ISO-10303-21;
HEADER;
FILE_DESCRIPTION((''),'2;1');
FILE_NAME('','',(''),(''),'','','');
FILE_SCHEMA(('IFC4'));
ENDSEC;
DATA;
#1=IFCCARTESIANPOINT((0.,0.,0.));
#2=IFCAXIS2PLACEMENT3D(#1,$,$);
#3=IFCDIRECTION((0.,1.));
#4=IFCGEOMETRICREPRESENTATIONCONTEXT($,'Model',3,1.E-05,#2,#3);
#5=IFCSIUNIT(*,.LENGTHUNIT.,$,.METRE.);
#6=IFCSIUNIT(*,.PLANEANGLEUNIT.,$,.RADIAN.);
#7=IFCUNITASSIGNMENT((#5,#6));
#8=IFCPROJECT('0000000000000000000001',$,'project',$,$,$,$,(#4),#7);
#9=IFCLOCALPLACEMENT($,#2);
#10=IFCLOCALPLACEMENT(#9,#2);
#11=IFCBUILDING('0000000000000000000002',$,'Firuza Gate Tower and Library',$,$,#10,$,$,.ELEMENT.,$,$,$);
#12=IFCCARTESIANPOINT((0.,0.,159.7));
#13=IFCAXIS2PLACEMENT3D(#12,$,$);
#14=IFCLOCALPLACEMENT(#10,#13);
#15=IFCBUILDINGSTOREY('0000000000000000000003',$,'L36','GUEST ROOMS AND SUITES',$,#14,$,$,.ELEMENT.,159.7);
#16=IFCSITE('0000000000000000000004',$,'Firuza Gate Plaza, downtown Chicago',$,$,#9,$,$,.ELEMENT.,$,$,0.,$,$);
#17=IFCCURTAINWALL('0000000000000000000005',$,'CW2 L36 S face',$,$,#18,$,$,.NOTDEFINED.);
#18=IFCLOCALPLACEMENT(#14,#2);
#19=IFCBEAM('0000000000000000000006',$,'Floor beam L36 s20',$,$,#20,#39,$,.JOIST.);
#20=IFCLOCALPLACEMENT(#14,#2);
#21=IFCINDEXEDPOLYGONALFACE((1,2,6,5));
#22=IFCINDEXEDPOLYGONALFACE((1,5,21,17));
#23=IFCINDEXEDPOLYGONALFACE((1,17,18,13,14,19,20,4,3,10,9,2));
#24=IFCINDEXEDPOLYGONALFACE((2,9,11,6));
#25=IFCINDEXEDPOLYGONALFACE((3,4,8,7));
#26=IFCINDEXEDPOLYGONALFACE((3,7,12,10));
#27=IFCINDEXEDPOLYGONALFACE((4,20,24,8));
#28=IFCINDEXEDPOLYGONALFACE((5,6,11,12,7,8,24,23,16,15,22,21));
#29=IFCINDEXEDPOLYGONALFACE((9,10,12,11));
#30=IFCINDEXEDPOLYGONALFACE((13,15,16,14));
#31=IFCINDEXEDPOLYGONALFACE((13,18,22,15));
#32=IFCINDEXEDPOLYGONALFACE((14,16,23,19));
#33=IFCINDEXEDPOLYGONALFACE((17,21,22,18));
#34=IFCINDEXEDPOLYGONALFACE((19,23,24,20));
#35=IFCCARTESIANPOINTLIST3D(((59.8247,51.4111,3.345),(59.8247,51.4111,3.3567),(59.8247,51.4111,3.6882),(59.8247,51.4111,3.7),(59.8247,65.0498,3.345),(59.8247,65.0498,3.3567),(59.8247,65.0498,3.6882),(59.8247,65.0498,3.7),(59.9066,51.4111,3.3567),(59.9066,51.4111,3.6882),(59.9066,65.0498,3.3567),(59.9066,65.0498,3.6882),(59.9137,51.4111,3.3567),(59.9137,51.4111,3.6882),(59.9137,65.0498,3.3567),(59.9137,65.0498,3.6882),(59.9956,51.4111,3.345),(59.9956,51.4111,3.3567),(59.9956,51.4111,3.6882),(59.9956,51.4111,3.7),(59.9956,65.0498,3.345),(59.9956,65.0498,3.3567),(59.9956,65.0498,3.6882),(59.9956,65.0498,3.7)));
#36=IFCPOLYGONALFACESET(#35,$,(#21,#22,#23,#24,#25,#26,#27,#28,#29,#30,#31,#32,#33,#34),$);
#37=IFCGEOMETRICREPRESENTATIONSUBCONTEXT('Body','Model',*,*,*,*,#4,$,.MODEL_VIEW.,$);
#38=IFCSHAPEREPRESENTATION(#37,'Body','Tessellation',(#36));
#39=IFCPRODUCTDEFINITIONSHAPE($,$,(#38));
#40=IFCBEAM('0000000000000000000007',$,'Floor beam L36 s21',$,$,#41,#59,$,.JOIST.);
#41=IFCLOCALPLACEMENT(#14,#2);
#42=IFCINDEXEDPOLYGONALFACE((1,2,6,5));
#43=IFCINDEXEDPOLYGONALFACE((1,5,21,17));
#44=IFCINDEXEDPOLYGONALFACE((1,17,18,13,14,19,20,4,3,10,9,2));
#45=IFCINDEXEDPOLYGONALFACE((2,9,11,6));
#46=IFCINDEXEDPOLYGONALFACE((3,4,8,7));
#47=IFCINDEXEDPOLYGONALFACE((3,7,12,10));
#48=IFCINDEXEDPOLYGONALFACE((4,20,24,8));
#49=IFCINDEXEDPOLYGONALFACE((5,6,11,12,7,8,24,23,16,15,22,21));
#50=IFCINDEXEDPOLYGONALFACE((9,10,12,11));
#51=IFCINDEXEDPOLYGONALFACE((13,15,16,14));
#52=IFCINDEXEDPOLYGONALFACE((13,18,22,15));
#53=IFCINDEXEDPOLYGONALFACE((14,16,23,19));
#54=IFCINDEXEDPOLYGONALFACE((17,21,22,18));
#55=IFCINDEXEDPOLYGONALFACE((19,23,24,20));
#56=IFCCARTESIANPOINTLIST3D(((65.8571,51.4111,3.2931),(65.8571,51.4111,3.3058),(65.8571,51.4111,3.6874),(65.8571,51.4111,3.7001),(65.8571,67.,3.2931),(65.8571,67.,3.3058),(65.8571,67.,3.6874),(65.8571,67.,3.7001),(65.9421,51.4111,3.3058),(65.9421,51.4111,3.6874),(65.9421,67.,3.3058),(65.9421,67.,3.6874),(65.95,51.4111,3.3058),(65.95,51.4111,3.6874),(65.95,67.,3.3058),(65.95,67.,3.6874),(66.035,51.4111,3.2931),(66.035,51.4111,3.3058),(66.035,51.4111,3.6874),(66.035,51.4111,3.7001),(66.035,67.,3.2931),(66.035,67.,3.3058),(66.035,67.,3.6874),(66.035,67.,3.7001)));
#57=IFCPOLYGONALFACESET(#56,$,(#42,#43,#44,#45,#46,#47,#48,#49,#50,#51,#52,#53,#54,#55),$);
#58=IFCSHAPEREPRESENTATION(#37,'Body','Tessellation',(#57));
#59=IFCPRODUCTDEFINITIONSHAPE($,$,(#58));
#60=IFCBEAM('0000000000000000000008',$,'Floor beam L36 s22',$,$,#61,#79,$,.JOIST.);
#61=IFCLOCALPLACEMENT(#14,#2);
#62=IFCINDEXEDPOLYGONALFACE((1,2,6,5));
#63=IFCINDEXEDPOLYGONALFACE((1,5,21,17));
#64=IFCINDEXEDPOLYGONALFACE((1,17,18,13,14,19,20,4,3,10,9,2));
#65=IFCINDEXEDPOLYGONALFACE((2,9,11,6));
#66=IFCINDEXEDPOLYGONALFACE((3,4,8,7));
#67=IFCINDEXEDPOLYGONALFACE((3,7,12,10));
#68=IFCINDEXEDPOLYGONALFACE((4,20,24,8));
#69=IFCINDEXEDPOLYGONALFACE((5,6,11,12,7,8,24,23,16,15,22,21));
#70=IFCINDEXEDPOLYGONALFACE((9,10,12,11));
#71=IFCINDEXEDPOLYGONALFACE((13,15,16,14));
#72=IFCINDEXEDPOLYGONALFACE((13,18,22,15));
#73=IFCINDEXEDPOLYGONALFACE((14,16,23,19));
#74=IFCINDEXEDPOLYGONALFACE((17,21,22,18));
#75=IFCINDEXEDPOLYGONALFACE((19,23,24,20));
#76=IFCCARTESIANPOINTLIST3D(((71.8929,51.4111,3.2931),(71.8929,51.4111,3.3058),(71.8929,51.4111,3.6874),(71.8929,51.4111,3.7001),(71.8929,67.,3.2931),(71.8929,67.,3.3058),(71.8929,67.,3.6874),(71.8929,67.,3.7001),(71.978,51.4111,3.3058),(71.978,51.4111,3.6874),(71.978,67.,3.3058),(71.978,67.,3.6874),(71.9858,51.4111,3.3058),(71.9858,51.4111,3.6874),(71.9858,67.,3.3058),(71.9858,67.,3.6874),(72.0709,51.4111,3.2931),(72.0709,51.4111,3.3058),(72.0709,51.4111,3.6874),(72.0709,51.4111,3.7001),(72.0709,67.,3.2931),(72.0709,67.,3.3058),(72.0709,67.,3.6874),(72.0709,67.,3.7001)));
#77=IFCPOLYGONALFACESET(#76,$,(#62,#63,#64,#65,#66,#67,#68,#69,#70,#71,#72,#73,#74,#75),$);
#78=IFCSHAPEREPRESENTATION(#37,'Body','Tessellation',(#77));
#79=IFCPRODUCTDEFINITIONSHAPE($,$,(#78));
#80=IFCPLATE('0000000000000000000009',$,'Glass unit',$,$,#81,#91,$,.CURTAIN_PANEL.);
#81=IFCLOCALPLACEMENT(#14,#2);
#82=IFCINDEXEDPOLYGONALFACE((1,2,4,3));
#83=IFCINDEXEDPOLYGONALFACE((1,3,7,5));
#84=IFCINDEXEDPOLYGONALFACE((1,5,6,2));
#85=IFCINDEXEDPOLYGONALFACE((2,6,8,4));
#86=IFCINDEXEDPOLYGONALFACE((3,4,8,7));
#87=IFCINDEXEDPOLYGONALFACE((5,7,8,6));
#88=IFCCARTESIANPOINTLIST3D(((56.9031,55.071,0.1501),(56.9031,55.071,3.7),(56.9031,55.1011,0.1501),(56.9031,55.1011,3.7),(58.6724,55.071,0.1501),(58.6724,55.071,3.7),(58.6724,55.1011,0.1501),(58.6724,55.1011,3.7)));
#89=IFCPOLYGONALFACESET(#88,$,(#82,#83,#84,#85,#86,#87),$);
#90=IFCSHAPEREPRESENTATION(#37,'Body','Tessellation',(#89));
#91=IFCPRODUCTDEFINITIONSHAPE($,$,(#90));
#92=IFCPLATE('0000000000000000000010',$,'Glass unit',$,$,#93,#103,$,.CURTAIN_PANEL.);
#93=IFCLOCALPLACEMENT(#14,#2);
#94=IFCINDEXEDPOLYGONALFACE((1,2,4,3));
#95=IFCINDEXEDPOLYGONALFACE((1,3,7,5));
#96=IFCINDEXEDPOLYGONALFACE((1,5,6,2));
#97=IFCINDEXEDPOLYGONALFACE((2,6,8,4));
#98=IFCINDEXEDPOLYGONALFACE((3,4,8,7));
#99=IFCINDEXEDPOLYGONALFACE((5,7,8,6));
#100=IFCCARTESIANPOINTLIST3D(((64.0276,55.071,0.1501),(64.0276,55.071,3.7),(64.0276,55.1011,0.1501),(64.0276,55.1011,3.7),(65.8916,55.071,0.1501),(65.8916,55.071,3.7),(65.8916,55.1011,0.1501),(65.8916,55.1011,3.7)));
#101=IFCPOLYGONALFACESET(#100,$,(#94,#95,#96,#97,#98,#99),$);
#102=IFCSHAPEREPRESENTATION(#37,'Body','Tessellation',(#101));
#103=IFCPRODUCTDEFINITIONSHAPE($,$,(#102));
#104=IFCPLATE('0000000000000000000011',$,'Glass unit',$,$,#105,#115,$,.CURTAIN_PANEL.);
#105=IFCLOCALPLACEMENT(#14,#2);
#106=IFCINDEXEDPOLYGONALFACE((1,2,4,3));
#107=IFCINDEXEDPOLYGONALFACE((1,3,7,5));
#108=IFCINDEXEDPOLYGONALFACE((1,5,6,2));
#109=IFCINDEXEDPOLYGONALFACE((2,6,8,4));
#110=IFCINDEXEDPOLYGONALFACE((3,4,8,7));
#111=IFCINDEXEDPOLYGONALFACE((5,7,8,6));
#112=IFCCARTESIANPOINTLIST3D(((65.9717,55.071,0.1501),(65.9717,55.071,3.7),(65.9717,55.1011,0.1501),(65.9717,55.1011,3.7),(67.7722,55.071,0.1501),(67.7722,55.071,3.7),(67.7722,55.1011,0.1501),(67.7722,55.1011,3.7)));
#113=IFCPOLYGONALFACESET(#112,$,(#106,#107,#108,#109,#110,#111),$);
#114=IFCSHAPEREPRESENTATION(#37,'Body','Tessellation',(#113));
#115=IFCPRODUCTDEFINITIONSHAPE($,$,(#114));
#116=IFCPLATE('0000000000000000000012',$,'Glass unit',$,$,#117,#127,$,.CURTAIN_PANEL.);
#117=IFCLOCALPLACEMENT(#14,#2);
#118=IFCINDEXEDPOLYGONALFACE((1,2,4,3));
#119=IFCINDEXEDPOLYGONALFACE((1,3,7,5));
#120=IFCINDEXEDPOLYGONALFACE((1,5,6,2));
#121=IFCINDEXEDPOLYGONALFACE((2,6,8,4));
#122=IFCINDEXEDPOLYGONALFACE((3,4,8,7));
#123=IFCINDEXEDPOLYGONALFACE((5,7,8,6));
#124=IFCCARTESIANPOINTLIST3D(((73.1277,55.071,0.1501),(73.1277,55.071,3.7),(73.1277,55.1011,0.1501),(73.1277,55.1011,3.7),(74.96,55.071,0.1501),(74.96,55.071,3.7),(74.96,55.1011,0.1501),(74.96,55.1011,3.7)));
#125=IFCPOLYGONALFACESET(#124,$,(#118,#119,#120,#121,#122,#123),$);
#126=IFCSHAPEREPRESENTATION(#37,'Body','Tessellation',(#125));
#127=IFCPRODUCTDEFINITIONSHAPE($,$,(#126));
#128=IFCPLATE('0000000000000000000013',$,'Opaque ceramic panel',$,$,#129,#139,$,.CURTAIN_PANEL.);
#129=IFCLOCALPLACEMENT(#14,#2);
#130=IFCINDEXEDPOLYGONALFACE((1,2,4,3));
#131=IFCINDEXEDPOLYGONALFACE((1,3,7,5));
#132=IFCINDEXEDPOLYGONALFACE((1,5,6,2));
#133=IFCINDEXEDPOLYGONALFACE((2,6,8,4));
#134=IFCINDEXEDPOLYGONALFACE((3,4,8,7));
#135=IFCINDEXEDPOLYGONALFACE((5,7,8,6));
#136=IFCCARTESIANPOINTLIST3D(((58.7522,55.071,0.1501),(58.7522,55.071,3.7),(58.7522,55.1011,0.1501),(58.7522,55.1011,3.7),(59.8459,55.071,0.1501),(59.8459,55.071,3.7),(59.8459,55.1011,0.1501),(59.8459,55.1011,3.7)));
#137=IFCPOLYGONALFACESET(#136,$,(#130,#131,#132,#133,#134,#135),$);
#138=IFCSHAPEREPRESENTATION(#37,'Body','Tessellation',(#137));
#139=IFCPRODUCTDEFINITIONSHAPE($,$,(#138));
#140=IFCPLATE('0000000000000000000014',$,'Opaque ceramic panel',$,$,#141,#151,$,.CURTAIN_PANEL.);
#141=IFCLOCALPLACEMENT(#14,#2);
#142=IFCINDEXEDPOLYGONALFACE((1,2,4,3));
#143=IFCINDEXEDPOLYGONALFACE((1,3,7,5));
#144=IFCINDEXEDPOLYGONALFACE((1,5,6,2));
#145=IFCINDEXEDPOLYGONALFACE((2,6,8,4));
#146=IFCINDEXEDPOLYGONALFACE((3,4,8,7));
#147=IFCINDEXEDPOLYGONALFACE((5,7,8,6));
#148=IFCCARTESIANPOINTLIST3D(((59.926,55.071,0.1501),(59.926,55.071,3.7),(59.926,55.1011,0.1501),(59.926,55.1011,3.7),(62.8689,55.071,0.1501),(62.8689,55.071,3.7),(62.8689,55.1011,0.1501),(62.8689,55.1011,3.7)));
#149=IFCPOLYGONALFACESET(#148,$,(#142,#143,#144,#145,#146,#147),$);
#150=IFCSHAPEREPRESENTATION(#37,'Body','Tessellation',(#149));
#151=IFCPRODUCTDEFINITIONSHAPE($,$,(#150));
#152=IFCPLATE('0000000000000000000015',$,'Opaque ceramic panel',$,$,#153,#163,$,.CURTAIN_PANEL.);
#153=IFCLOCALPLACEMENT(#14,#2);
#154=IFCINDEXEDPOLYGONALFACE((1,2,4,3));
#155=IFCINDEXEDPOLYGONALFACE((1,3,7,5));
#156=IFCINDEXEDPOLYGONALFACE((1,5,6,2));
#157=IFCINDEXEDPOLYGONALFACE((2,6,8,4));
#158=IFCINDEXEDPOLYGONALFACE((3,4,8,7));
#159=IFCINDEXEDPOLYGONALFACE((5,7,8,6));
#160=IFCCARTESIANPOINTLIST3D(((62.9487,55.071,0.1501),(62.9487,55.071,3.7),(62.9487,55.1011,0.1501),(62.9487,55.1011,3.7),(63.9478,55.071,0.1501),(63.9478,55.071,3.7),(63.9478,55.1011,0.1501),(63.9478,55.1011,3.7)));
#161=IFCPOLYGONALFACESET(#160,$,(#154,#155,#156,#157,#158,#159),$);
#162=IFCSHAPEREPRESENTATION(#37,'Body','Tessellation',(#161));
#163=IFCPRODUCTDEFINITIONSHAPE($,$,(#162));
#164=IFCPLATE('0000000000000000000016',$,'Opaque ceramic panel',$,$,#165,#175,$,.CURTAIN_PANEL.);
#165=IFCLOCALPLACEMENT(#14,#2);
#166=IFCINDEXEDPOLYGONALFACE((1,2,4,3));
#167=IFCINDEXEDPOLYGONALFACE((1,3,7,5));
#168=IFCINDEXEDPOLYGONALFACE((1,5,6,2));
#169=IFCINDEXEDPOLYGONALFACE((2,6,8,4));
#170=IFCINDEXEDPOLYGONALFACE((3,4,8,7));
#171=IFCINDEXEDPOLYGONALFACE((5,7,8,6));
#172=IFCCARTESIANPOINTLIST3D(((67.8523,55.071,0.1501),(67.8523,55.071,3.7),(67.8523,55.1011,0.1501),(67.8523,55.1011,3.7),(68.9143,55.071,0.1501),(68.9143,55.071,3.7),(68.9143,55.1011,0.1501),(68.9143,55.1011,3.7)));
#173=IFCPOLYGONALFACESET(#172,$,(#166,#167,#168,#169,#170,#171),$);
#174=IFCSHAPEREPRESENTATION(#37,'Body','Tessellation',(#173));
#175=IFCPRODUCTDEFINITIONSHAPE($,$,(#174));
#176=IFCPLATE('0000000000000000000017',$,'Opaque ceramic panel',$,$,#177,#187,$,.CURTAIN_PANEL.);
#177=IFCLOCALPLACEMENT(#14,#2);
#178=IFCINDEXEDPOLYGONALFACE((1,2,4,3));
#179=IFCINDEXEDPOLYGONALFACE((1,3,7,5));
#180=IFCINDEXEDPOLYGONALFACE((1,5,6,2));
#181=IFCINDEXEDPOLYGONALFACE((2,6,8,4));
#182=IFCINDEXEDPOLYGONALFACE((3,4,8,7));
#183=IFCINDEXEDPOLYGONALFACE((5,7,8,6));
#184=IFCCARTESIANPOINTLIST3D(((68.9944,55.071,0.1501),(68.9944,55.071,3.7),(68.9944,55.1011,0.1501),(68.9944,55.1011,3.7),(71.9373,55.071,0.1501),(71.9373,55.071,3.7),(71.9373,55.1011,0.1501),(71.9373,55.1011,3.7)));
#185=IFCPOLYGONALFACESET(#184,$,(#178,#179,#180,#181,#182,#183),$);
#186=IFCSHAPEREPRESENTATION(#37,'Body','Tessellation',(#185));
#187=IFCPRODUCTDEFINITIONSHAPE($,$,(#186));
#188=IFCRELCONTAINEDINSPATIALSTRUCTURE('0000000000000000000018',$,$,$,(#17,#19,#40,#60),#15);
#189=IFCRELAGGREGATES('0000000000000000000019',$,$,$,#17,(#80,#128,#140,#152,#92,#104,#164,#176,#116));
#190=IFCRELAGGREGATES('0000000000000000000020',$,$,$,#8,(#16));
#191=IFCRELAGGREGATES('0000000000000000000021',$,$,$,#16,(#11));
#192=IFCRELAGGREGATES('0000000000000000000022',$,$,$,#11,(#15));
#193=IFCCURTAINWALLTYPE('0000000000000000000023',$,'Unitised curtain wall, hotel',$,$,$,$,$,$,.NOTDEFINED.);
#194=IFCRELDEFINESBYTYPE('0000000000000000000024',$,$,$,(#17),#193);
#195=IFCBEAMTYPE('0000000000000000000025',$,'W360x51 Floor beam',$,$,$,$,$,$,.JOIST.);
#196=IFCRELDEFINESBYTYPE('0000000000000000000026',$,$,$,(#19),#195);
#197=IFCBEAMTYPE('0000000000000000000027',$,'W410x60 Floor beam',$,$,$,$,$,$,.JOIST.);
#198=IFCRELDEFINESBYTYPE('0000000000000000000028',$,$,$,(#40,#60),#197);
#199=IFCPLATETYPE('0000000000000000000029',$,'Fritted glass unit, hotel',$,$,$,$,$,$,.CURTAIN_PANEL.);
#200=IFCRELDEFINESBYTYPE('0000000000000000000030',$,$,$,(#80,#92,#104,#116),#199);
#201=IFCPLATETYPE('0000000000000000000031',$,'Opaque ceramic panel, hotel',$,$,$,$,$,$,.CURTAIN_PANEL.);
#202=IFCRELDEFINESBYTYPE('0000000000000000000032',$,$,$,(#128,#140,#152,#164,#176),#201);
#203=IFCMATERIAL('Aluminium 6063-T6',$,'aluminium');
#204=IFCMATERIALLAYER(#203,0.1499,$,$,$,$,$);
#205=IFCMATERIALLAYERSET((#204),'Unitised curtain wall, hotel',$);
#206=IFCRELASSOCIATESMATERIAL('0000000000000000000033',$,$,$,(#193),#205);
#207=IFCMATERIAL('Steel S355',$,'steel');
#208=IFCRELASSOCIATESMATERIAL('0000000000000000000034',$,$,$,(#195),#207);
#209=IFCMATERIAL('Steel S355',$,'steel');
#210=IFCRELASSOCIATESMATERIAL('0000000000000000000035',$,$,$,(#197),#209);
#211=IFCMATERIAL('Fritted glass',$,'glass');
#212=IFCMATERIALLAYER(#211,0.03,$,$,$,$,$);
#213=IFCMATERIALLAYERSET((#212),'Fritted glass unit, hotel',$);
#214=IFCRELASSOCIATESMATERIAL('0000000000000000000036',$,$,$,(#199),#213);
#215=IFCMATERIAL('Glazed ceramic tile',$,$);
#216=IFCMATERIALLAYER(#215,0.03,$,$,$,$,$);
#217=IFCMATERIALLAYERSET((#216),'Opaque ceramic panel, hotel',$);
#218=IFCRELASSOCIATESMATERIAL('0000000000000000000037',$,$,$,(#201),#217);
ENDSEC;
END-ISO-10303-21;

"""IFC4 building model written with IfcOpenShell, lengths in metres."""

from ifc_helpers import new_model, si_unit, direction, frame, origin, origin_2d, place, context, subcontext, project, spatial, polyline, i_section, outline, extrude, material, layer, layer_set, material_profile, profile_set, type_object, element, aggregate, save


model = new_model("IFC4")

# Units and contexts
model_context = context("Model", 3, precision=1e-05, world=origin(), true_north=direction((0.0, 1.0)))
body_context = subcontext(model_context, "Body", "Model", "MODEL_VIEW")
ifc_project = project(units=[si_unit("LENGTHUNIT", "METRE"), si_unit("PLANEANGLEUNIT", "RADIAN")], contexts=[model_context])

# Site, building, storey
site_placement = place(None, origin())
site = spatial("IfcSite", under=ifc_project, at=site_placement, Name="Firuza Gate Plaza, downtown Chicago", CompositionType="ELEMENT", RefElevation=0.0)
building_placement = place(site_placement, origin())
building = spatial("IfcBuilding", under=site, at=building_placement, Name="Firuza Gate Tower and Library", CompositionType="ELEMENT")
storey_placement = place(building_placement, frame((0.0, 0.0, 159.7)))
storey = spatial("IfcBuildingStorey", under=building, at=storey_placement, Name="L36", Description="GUEST ROOMS AND SUITES", CompositionType="ELEMENT", Elevation=159.7)

# Curtain wall
ifc_material_1 = material(Name="Aluminium 6063-T6", Category="aluminium")
ifc_layer_1 = layer(ifc_material_1, 0.1499)
ifc_layer_set_1 = layer_set([ifc_layer_1], Name="Unitised curtain wall, hotel")
curtain_wall_type = type_object("IfcCurtainWallType", Name="Unitised curtain wall, hotel", PredefinedType="NOTDEFINED", material=ifc_layer_set_1)
curtain_wall_placement = place(storey_placement, origin())
curtain_wall = element("IfcCurtainWall", 1, at=curtain_wall_placement, inside=storey, type_object=curtain_wall_type, Name="CW2 L36 S face", PredefinedType="NOTDEFINED")

# Beams
ifc_material_2 = material(Name="Steel S355", Category="steel")
ifc_material_profile_1 = material_profile(ifc_material_2, i_section(OverallWidth=0.1709, OverallDepth=0.355, WebThickness=0.0071, FlangeThickness=0.0117, at=origin_2d()))
ifc_profile_set_1 = profile_set([ifc_material_profile_1], Name="Steel S355")
beam_type_1 = type_object("IfcBeamType", Name="W360x51 Floor beam", PredefinedType="JOIST", material=ifc_profile_set_1)
beam_1_placement = place(storey_placement, frame((59.9102, 51.4111, 3.5225), z_axis=(0.0, 1.0, 0.0), x_axis=(-1.0, 0.0, 0.0)))
element("IfcBeam", 2, at=beam_1_placement, inside=storey, type_object=beam_type_1, Name="Floor beam L36 s20", PredefinedType="JOIST", context=body_context, shape_type="SweptSolid", body=[
    extrude(i_section(OverallWidth=0.1709, OverallDepth=0.355, WebThickness=0.0071, FlangeThickness=0.0117, at=origin_2d()), origin(), (0.0, 0.0, 1.0), 13.6387),
])
ifc_material_3 = material(Name="Steel S355", Category="steel")
ifc_material_profile_2 = material_profile(ifc_material_3, i_section(OverallWidth=0.178, OverallDepth=0.407, WebThickness=0.0078, FlangeThickness=0.0127, at=origin_2d()))
ifc_profile_set_2 = profile_set([ifc_material_profile_2], Name="Steel S355")
beam_type_2 = type_object("IfcBeamType", Name="W410x60 Floor beam", PredefinedType="JOIST", material=ifc_profile_set_2)
for number, where, z_axis, x_axis, name in (
    (3, (65.946, 51.4111, 3.4966), (0.0, 1.0, 0.0), (-1.0, 0.0, 0.0), "Floor beam L36 s21"),
    (4, (71.9819, 51.4111, 3.4966), (0.0, 1.0, 0.0), (-1.0, 0.0, 0.0), "Floor beam L36 s22"),
):
    element("IfcBeam", number, at=place(storey_placement, frame(where, z_axis=z_axis, x_axis=x_axis)), inside=storey, type_object=beam_type_2, Name=name, PredefinedType="JOIST", context=body_context, shape_type="SweptSolid", body=[
        extrude(i_section(OverallWidth=0.178, OverallDepth=0.407, WebThickness=0.0078, FlangeThickness=0.0127, at=origin_2d()), origin(), (0.0, 0.0, 1.0), 15.5889),
    ])

# Plates
ifc_material_4 = material(Name="Fritted glass", Category="glass")
ifc_layer_2 = layer(ifc_material_4, 0.03)
ifc_layer_set_2 = layer_set([ifc_layer_2], Name="Fritted glass unit, hotel")
plate_type_1 = type_object("IfcPlateType", Name="Fritted glass unit, hotel", PredefinedType="CURTAIN_PANEL", material=ifc_layer_set_2)
plate_1_placement = place(storey_placement, frame((56.9031, 55.071, 0.1501), z_axis=(0.0, -1.0, 0.0), x_axis=(1.0, 0.0, 0.0)))
plate_1 = element("IfcPlate", 5, at=plate_1_placement, type_object=plate_type_1, Name="Glass unit", PredefinedType="CURTAIN_PANEL", context=body_context, shape_type="SweptSolid", body=[
    extrude(outline(polyline([(0.0, 0.0), (1.7693, 0.0), (1.7693, 3.5498), (0.0, 3.5498), (0.0, 0.0)])), origin(), (0.0, 0.0, -1.0), 0.03),
])
plate_2_placement = place(storey_placement, frame((64.0276, 55.071, 0.1501), z_axis=(0.0, -1.0, 0.0), x_axis=(1.0, 0.0, 0.0)))
plate_2 = element("IfcPlate", 6, at=plate_2_placement, type_object=plate_type_1, Name="Glass unit", PredefinedType="CURTAIN_PANEL", context=body_context, shape_type="SweptSolid", body=[
    extrude(outline(polyline([(0.0, 0.0), (1.864, 0.0), (1.864, 3.5498), (0.0, 3.5498), (0.0, 0.0)])), origin(), (0.0, 0.0, -1.0), 0.03),
])
plate_3_placement = place(storey_placement, frame((65.9717, 55.071, 0.1501), z_axis=(0.0, -1.0, 0.0), x_axis=(1.0, 0.0, 0.0)))
plate_3 = element("IfcPlate", 7, at=plate_3_placement, type_object=plate_type_1, Name="Glass unit", PredefinedType="CURTAIN_PANEL", context=body_context, shape_type="SweptSolid", body=[
    extrude(outline(polyline([(0.0, 0.0), (1.8005, 0.0), (1.8005, 3.5498), (0.0, 3.5498), (0.0, 0.0)])), origin(), (0.0, 0.0, -1.0), 0.03),
])
plate_4_placement = place(storey_placement, frame((73.1277, 55.071, 0.1501), z_axis=(0.0, -1.0, 0.0), x_axis=(1.0, 0.0, 0.0)))
plate_4 = element("IfcPlate", 8, at=plate_4_placement, type_object=plate_type_1, Name="Glass unit", PredefinedType="CURTAIN_PANEL", context=body_context, shape_type="SweptSolid", body=[
    extrude(outline(polyline([(0.0, 0.0), (1.8323, 0.0), (1.8323, 3.5498), (0.0, 3.5498), (0.0, 0.0)])), origin(), (0.0, 0.0, -1.0), 0.03),
])
ifc_material_5 = material(Name="Glazed ceramic tile")
ifc_layer_3 = layer(ifc_material_5, 0.03)
ifc_layer_set_3 = layer_set([ifc_layer_3], Name="Opaque ceramic panel, hotel")
plate_type_2 = type_object("IfcPlateType", Name="Opaque ceramic panel, hotel", PredefinedType="CURTAIN_PANEL", material=ifc_layer_set_3)
plate_5_placement = place(storey_placement, frame((58.7522, 55.071, 0.1501), z_axis=(0.0, -1.0, 0.0), x_axis=(1.0, 0.0, 0.0)))
plate_5 = element("IfcPlate", 9, at=plate_5_placement, type_object=plate_type_2, Name="Opaque ceramic panel", PredefinedType="CURTAIN_PANEL", context=body_context, shape_type="SweptSolid", body=[
    extrude(outline(polyline([(0.0, 0.0), (1.0938, 0.0), (1.0938, 3.5498), (0.0, 3.5498), (0.0, 0.0)])), origin(), (0.0, 0.0, -1.0), 0.03),
])
plate_6_placement = place(storey_placement, frame((59.926, 55.071, 0.1501), z_axis=(0.0, -1.0, 0.0), x_axis=(1.0, 0.0, 0.0)))
plate_6 = element("IfcPlate", 10, at=plate_6_placement, type_object=plate_type_2, Name="Opaque ceramic panel", PredefinedType="CURTAIN_PANEL", context=body_context, shape_type="SweptSolid", body=[
    extrude(outline(polyline([(0.0, 0.0), (2.9429, 0.0), (2.9429, 3.5498), (0.0, 3.5498), (0.0, 0.0)])), origin(), (0.0, 0.0, -1.0), 0.03),
])
plate_7_placement = place(storey_placement, frame((62.9487, 55.071, 0.1501), z_axis=(0.0, -1.0, 0.0), x_axis=(1.0, 0.0, 0.0)))
plate_7 = element("IfcPlate", 11, at=plate_7_placement, type_object=plate_type_2, Name="Opaque ceramic panel", PredefinedType="CURTAIN_PANEL", context=body_context, shape_type="SweptSolid", body=[
    extrude(outline(polyline([(0.0, 0.0), (0.999, 0.0), (0.999, 3.5498), (0.0, 3.5498), (0.0, 0.0)])), origin(), (0.0, 0.0, -1.0), 0.03),
])
plate_8_placement = place(storey_placement, frame((67.8523, 55.071, 0.1501), z_axis=(0.0, -1.0, 0.0), x_axis=(1.0, 0.0, 0.0)))
plate_8 = element("IfcPlate", 12, at=plate_8_placement, type_object=plate_type_2, Name="Opaque ceramic panel", PredefinedType="CURTAIN_PANEL", context=body_context, shape_type="SweptSolid", body=[
    extrude(outline(polyline([(0.0, 0.0), (1.062, 0.0), (1.062, 3.5498), (0.0, 3.5498), (0.0, 0.0)])), origin(), (0.0, 0.0, -1.0), 0.03),
])
plate_9_placement = place(storey_placement, frame((68.9944, 55.071, 0.1501), z_axis=(0.0, -1.0, 0.0), x_axis=(1.0, 0.0, 0.0)))
plate_9 = element("IfcPlate", 13, at=plate_9_placement, type_object=plate_type_2, Name="Opaque ceramic panel", PredefinedType="CURTAIN_PANEL", context=body_context, shape_type="SweptSolid", body=[
    extrude(outline(polyline([(0.0, 0.0), (2.9429, 0.0), (2.9429, 3.5498), (0.0, 3.5498), (0.0, 0.0)])), origin(), (0.0, 0.0, -1.0), 0.03),
])

aggregate(curtain_wall, [plate_1, plate_5, plate_6, plate_7, plate_2, plate_3, plate_8, plate_9, plate_4])

save(model, "model.ifc")
